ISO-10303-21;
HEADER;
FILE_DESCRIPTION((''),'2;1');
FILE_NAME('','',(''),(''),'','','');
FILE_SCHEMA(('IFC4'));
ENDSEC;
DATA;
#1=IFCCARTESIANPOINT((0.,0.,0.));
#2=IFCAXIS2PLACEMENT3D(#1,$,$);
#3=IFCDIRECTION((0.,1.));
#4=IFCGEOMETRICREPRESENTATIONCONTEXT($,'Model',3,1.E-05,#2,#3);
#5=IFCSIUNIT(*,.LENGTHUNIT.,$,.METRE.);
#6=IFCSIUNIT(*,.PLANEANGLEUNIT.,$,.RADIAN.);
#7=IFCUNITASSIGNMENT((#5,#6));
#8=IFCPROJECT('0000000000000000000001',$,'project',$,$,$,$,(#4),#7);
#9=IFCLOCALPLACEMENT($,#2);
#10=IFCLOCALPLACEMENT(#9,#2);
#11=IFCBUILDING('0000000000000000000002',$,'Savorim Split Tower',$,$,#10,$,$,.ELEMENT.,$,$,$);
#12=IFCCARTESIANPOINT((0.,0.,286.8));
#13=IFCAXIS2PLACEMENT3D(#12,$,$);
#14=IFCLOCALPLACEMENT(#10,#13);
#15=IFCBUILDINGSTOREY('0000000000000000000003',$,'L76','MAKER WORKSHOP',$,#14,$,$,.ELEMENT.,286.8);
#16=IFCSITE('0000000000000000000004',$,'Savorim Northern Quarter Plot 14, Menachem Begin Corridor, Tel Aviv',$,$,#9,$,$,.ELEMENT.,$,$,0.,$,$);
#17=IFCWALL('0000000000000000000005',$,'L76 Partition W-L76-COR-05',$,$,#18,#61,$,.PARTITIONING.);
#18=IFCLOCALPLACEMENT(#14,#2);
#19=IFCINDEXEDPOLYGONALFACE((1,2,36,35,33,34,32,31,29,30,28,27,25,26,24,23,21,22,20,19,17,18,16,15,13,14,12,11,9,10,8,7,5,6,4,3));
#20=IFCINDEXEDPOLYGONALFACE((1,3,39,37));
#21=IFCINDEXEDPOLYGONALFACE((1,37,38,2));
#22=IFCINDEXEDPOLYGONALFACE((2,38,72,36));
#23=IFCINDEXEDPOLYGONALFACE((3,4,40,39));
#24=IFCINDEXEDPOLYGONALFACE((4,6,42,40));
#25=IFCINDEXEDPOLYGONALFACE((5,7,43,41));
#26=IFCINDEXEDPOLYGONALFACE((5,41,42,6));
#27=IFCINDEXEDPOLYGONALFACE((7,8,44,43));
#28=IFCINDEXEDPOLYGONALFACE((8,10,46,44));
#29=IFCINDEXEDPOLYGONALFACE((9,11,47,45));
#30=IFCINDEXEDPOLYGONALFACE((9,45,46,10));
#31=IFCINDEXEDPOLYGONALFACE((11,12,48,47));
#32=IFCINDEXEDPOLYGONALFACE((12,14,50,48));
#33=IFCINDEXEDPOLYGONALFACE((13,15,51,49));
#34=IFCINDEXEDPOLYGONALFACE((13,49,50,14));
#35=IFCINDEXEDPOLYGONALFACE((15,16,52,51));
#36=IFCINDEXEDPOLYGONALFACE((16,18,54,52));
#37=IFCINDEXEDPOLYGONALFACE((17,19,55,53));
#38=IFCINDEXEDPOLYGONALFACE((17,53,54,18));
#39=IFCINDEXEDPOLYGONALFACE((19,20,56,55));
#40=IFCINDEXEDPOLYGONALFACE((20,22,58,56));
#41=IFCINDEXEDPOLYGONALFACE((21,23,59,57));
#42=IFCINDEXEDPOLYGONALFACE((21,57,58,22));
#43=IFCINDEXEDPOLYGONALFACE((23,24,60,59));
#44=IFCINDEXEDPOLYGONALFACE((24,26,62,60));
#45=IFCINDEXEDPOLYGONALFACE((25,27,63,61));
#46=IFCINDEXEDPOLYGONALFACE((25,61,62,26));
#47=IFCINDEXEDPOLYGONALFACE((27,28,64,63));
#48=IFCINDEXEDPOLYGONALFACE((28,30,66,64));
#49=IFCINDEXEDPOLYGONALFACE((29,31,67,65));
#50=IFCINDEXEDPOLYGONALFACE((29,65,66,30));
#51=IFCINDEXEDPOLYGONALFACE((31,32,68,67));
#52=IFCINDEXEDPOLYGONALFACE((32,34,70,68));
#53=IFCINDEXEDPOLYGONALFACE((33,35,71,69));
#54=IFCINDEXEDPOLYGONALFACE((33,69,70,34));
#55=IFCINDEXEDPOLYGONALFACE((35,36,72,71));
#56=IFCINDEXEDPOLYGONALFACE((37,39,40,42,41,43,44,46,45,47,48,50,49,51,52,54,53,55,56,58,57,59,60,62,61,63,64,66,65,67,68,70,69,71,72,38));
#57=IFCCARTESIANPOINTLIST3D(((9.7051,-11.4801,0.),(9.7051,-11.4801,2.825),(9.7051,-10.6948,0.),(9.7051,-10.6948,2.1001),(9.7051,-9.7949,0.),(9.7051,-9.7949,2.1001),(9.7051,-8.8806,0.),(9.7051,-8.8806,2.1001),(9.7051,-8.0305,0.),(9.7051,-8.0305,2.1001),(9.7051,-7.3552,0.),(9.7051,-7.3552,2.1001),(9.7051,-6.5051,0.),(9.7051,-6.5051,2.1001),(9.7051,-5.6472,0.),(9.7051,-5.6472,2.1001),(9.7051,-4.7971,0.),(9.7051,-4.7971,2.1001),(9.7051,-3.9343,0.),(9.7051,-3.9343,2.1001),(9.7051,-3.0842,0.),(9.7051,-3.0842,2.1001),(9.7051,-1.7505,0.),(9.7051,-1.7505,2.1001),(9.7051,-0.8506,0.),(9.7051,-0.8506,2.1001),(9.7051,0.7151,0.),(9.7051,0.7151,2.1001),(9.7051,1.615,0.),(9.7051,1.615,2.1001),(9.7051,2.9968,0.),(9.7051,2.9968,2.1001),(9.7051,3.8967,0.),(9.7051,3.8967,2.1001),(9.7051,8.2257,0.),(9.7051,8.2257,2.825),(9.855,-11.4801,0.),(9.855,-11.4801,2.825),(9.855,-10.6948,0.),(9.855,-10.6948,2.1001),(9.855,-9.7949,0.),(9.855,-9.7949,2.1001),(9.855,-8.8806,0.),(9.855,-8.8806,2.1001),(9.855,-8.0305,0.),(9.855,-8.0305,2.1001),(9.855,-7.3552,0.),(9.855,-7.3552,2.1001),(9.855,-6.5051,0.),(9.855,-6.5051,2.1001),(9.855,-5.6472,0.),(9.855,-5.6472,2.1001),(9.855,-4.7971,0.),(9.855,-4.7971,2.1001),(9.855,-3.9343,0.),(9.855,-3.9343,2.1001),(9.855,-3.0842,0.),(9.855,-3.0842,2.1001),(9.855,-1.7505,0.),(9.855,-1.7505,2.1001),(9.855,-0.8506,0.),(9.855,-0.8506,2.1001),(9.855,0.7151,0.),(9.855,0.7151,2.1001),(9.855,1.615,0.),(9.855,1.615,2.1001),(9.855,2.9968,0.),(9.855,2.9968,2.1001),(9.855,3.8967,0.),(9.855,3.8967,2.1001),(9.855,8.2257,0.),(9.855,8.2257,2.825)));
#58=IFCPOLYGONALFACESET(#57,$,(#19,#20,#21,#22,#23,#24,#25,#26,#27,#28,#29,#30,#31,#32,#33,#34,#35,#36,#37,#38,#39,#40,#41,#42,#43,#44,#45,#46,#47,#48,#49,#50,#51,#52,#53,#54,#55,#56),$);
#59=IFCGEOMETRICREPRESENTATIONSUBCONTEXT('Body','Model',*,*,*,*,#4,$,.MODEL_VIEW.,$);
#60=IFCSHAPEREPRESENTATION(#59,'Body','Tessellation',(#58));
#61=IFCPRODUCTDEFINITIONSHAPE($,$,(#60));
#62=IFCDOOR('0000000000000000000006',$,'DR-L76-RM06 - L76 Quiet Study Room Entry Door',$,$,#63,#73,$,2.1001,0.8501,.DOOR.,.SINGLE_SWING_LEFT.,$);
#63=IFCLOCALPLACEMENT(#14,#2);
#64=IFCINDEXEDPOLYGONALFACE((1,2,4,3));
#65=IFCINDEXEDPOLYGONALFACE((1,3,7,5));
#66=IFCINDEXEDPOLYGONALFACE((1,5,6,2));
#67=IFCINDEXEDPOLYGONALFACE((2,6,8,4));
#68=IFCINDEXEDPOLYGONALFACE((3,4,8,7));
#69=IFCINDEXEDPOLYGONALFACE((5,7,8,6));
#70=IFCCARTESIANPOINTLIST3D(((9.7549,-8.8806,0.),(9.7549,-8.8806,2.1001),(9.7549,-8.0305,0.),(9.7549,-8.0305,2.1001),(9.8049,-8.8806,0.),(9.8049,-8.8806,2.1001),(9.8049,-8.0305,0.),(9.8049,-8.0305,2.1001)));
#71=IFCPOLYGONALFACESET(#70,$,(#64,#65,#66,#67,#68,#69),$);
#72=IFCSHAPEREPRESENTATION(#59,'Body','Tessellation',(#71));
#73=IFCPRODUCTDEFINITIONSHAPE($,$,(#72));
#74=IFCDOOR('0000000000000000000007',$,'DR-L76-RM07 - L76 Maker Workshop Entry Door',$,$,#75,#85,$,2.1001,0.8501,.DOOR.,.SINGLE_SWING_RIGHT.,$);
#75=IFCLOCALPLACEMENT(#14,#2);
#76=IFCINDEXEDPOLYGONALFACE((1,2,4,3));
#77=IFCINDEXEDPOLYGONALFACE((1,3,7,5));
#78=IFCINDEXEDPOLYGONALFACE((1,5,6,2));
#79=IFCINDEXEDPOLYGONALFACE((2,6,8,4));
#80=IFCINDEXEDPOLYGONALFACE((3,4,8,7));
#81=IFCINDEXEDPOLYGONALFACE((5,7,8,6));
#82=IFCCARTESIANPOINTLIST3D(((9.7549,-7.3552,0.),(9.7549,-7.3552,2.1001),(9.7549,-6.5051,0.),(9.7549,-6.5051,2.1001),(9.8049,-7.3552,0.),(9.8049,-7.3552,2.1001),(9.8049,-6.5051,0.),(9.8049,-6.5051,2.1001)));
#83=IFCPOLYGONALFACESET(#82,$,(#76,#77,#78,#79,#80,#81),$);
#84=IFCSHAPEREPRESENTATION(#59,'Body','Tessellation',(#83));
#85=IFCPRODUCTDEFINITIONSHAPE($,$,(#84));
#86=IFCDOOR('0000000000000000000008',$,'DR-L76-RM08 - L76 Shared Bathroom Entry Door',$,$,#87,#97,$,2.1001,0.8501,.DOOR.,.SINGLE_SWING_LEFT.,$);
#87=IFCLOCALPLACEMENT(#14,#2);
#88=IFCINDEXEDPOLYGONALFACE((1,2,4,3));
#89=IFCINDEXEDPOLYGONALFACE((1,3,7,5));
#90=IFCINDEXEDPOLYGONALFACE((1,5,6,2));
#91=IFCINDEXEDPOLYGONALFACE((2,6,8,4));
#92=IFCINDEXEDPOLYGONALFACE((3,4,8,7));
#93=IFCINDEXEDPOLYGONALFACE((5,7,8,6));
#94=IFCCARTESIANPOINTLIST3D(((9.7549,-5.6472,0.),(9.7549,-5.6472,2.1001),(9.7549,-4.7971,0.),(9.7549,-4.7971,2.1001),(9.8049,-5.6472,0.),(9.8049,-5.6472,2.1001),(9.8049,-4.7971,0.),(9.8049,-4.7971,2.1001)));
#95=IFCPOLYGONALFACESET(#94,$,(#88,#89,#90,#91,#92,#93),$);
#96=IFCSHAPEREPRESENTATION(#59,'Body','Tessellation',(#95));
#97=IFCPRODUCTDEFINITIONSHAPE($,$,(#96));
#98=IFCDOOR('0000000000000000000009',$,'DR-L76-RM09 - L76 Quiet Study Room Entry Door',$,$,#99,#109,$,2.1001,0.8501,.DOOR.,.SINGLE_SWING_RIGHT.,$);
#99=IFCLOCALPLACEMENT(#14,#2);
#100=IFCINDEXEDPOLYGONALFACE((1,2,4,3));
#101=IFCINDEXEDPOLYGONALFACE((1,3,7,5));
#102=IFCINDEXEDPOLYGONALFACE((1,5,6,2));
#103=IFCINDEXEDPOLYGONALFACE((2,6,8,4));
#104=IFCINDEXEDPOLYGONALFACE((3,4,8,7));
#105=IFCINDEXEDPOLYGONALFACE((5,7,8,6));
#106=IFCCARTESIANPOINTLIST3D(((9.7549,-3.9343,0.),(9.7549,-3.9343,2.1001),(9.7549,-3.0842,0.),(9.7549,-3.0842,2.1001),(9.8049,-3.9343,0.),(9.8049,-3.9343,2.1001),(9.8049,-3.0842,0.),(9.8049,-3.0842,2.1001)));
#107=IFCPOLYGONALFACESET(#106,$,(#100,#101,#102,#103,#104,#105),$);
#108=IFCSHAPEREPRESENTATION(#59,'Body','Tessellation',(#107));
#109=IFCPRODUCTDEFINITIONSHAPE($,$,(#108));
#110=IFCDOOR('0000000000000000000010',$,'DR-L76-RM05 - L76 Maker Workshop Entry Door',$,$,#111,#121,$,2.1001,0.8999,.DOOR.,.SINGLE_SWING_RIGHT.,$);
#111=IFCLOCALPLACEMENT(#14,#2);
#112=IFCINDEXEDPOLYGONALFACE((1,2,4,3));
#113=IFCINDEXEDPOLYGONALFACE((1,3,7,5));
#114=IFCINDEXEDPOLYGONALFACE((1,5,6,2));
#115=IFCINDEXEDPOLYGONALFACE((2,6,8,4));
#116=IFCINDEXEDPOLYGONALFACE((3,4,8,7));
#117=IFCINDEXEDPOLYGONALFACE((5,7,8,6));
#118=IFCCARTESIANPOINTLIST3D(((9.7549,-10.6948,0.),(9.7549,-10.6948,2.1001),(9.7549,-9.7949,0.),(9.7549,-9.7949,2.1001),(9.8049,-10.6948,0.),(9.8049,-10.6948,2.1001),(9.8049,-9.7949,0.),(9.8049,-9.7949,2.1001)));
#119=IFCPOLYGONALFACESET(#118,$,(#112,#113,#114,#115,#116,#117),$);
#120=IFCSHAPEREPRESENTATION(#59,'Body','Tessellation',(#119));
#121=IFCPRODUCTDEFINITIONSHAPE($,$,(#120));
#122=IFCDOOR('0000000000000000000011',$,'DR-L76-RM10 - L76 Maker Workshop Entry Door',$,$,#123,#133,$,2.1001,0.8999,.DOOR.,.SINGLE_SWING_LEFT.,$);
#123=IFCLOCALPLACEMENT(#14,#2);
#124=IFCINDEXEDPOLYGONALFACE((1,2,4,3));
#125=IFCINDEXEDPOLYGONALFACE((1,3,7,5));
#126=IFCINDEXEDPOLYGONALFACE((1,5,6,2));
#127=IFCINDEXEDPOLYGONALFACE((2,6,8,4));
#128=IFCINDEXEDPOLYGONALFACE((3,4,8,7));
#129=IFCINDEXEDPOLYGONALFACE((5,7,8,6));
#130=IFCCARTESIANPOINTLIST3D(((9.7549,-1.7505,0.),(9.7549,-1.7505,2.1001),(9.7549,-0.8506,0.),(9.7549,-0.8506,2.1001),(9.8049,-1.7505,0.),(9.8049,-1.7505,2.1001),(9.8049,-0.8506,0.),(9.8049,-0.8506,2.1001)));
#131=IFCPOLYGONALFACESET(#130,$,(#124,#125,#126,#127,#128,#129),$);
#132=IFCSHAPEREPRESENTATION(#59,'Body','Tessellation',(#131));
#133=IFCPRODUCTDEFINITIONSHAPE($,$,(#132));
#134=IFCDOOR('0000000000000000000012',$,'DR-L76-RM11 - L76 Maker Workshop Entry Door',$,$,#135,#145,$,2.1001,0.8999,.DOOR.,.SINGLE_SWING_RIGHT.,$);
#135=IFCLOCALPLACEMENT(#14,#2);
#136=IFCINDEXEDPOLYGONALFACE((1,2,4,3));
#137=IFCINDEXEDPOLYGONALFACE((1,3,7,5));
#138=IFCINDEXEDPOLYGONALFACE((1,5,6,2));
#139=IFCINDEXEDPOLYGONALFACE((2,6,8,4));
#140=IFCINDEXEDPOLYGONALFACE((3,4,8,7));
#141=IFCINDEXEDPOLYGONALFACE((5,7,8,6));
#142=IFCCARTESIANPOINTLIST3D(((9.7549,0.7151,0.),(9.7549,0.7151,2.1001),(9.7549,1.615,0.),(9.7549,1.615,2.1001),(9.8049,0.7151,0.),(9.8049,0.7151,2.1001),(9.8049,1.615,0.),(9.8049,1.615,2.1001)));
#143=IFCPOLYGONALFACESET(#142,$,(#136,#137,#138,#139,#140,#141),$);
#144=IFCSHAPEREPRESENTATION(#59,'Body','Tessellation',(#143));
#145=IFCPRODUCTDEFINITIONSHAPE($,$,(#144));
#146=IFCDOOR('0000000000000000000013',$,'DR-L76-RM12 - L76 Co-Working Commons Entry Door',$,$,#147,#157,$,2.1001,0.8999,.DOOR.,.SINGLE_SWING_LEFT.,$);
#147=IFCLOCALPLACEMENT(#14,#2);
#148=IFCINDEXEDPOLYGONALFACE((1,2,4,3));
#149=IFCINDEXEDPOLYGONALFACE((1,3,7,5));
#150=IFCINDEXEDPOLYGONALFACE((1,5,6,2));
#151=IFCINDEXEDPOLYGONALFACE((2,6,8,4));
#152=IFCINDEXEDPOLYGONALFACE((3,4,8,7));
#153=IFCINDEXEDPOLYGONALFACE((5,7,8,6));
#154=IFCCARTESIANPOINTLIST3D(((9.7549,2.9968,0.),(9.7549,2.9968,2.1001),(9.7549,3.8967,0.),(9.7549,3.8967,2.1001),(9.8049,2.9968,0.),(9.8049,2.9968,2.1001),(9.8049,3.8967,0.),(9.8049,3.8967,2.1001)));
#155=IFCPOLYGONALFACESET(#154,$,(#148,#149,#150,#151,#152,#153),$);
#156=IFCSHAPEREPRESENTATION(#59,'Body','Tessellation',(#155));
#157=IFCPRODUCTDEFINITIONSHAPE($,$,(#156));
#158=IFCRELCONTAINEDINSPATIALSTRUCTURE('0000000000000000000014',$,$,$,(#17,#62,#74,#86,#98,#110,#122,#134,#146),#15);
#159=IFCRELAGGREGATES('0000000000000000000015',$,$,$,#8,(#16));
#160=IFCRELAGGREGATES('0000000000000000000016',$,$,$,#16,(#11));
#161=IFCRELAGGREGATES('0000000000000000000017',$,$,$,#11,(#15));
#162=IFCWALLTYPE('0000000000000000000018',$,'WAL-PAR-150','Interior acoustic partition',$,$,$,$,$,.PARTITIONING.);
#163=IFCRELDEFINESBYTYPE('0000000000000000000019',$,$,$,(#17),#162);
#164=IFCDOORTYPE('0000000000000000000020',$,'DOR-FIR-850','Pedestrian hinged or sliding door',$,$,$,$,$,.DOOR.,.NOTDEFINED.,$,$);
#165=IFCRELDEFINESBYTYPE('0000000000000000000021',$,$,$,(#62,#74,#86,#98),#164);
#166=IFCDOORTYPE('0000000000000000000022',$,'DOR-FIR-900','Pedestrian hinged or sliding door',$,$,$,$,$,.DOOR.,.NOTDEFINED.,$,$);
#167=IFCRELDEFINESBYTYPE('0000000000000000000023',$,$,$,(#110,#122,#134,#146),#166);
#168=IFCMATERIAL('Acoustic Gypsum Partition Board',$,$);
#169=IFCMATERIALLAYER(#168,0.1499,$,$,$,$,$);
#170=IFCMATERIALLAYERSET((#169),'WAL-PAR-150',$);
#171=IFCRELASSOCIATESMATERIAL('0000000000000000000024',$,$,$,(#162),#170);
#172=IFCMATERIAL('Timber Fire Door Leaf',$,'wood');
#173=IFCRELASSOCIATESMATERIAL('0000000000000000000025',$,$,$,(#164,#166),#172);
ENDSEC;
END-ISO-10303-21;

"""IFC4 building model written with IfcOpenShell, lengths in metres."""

from ifc_helpers import new_model, si_unit, direction, frame, frame_2d, origin, place, context, subcontext, project, spatial, rectangle, extrude, material, layer, layer_set, type_object, element, fill, save


model = new_model("IFC4")

# Units and contexts
model_context = context("Model", 3, precision=1e-05, world=origin(), true_north=direction((0.0, 1.0)))
body_context = subcontext(model_context, "Body", "Model", "MODEL_VIEW")
ifc_project = project(units=[si_unit("LENGTHUNIT", "METRE"), si_unit("PLANEANGLEUNIT", "RADIAN")], contexts=[model_context])

# Site, building, storey
site_placement = place(None, origin())
site = spatial("IfcSite", under=ifc_project, at=site_placement, Name="Savorim Northern Quarter Plot 14, Menachem Begin Corridor, Tel Aviv", CompositionType="ELEMENT", RefElevation=0.0)
building_placement = place(site_placement, origin())
building = spatial("IfcBuilding", under=site, at=building_placement, Name="Savorim Split Tower", CompositionType="ELEMENT")
storey_placement = place(building_placement, frame((0.0, 0.0, 286.8)))
storey = spatial("IfcBuildingStorey", under=building, at=storey_placement, Name="L76", Description="MAKER WORKSHOP", CompositionType="ELEMENT", Elevation=286.8)

# Wall, openings, doors
ifc_material_1 = material(Name="Acoustic Gypsum Partition Board")
ifc_layer_1 = layer(ifc_material_1, 0.1499)
ifc_layer_set_1 = layer_set([ifc_layer_1], Name="WAL-PAR-150")
wall_type_1 = type_object("IfcWallType", Name="WAL-PAR-150", Description="Interior acoustic partition", PredefinedType="PARTITIONING", material=ifc_layer_set_1)
wall_1_placement = place(storey_placement, frame((9.78, 8.2258, 0.0), z_axis=(0.0, 0.0, 1.0), x_axis=(0.0, -1.0, 0.0)))
wall_1 = element("IfcWall", 1, at=wall_1_placement, inside=storey, type_object=wall_type_1, Name="L76 Partition W-L76-COR-05", PredefinedType="PARTITIONING", context=body_context, shape_type="SweptSolid", body=[
    extrude(rectangle(XDim=19.7058, YDim=0.1499, at=frame_2d((9.853, 0.0))), origin(), (0.0, 0.0, 1.0), 2.825),
])
opening_1_placement = place(wall_1_placement, frame((18.0208, 0.0, 0.0)))
opening_1 = element("IfcOpeningElement", 2, at=opening_1_placement, cuts=wall_1, PredefinedType="OPENING", context=body_context, shape_type="SweptSolid", body=[
    extrude(rectangle(XDim=0.8999, YDim=2.1001, at=frame_2d((0.45, 1.05))), frame((0.0, 0.085, 0.0), z_axis=(0.0, -1.0, 0.0), x_axis=(1.0, 0.0, 0.0)), (0.0, 0.0, 1.0), 0.1699),
])
opening_2_placement = place(wall_1_placement, frame((16.2563, 0.0, 0.0)))
opening_2 = element("IfcOpeningElement", 3, at=opening_2_placement, cuts=wall_1, PredefinedType="OPENING", context=body_context, shape_type="SweptSolid", body=[
    extrude(rectangle(XDim=0.8501, YDim=2.1001, at=frame_2d((0.425, 1.05))), frame((0.0, 0.085, 0.0), z_axis=(0.0, -1.0, 0.0), x_axis=(1.0, 0.0, 0.0)), (0.0, 0.0, 1.0), 0.1699),
])
opening_3_placement = place(wall_1_placement, frame((14.731, 0.0, 0.0)))
opening_3 = element("IfcOpeningElement", 4, at=opening_3_placement, cuts=wall_1, PredefinedType="OPENING", context=body_context, shape_type="SweptSolid", body=[
    extrude(rectangle(XDim=0.8501, YDim=2.1001, at=frame_2d((0.425, 1.05))), frame((0.0, 0.085, 0.0), z_axis=(0.0, -1.0, 0.0), x_axis=(1.0, 0.0, 0.0)), (0.0, 0.0, 1.0), 0.1699),
])
opening_4_placement = place(wall_1_placement, frame((13.0229, 0.0, 0.0)))
opening_4 = element("IfcOpeningElement", 5, at=opening_4_placement, cuts=wall_1, PredefinedType="OPENING", context=body_context, shape_type="SweptSolid", body=[
    extrude(rectangle(XDim=0.8501, YDim=2.1001, at=frame_2d((0.425, 1.05))), frame((0.0, 0.085, 0.0), z_axis=(0.0, -1.0, 0.0), x_axis=(1.0, 0.0, 0.0)), (0.0, 0.0, 1.0), 0.1699),
])
opening_5_placement = place(wall_1_placement, frame((11.3101, 0.0, 0.0)))
opening_5 = element("IfcOpeningElement", 6, at=opening_5_placement, cuts=wall_1, PredefinedType="OPENING", context=body_context, shape_type="SweptSolid", body=[
    extrude(rectangle(XDim=0.8501, YDim=2.1001, at=frame_2d((0.425, 1.05))), frame((0.0, 0.085, 0.0), z_axis=(0.0, -1.0, 0.0), x_axis=(1.0, 0.0, 0.0)), (0.0, 0.0, 1.0), 0.1699),
])
opening_6_placement = place(wall_1_placement, frame((9.0764, 0.0, 0.0)))
opening_6 = element("IfcOpeningElement", 7, at=opening_6_placement, cuts=wall_1, PredefinedType="OPENING", context=body_context, shape_type="SweptSolid", body=[
    extrude(rectangle(XDim=0.8999, YDim=2.1001, at=frame_2d((0.45, 1.05))), frame((0.0, 0.085, 0.0), z_axis=(0.0, -1.0, 0.0), x_axis=(1.0, 0.0, 0.0)), (0.0, 0.0, 1.0), 0.1699),
])
opening_7_placement = place(wall_1_placement, frame((6.6108, 0.0, 0.0)))
opening_7 = element("IfcOpeningElement", 8, at=opening_7_placement, cuts=wall_1, PredefinedType="OPENING", context=body_context, shape_type="SweptSolid", body=[
    extrude(rectangle(XDim=0.8999, YDim=2.1001, at=frame_2d((0.45, 1.05))), frame((0.0, 0.085, 0.0), z_axis=(0.0, -1.0, 0.0), x_axis=(1.0, 0.0, 0.0)), (0.0, 0.0, 1.0), 0.1699),
])
opening_8_placement = place(wall_1_placement, frame((4.3291, 0.0, 0.0)))
opening_8 = element("IfcOpeningElement", 9, at=opening_8_placement, cuts=wall_1, PredefinedType="OPENING", context=body_context, shape_type="SweptSolid", body=[
    extrude(rectangle(XDim=0.8999, YDim=2.1001, at=frame_2d((0.45, 1.05))), frame((0.0, 0.085, 0.0), z_axis=(0.0, -1.0, 0.0), x_axis=(1.0, 0.0, 0.0)), (0.0, 0.0, 1.0), 0.1699),
])
ifc_material_2 = material(Name="Timber Fire Door Leaf", Category="wood")
door_type_1 = type_object("IfcDoorType", Name="DOR-FIR-850", Description="Pedestrian hinged or sliding door", OperationType="NOTDEFINED", PredefinedType="DOOR", material=ifc_material_2)
door_1_placement = place(opening_2_placement, origin())
door_1 = element("IfcDoor", 10, at=door_1_placement, inside=storey, type_object=door_type_1, Name="DR-L76-RM06 - L76 Quiet Study Room Entry Door", OperationType="SINGLE_SWING_LEFT", OverallHeight=2.1001, OverallWidth=0.8501, PredefinedType="DOOR", context=body_context, shape_type="SweptSolid", body=[
    extrude(rectangle(XDim=0.8501, YDim=2.1001, at=frame_2d((0.425, 1.05))), frame((0.0, 0.0249, 0.0), z_axis=(0.0, -1.0, 0.0), x_axis=(1.0, 0.0, 0.0)), (0.0, 0.0, 1.0), 0.05),
])
fill(opening_2, door_1)
door_2_placement = place(opening_3_placement, origin())
door_2 = element("IfcDoor", 11, at=door_2_placement, inside=storey, type_object=door_type_1, Name="DR-L76-RM07 - L76 Maker Workshop Entry Door", OperationType="SINGLE_SWING_RIGHT", OverallHeight=2.1001, OverallWidth=0.8501, PredefinedType="DOOR", context=body_context, shape_type="SweptSolid", body=[
    extrude(rectangle(XDim=0.8501, YDim=2.1001, at=frame_2d((0.425, 1.05))), frame((0.0, 0.0249, 0.0), z_axis=(0.0, -1.0, 0.0), x_axis=(1.0, 0.0, 0.0)), (0.0, 0.0, 1.0), 0.05),
])
fill(opening_3, door_2)
door_3_placement = place(opening_4_placement, origin())
door_3 = element("IfcDoor", 12, at=door_3_placement, inside=storey, type_object=door_type_1, Name="DR-L76-RM08 - L76 Shared Bathroom Entry Door", OperationType="SINGLE_SWING_LEFT", OverallHeight=2.1001, OverallWidth=0.8501, PredefinedType="DOOR", context=body_context, shape_type="SweptSolid", body=[
    extrude(rectangle(XDim=0.8501, YDim=2.1001, at=frame_2d((0.425, 1.05))), frame((0.0, 0.0249, 0.0), z_axis=(0.0, -1.0, 0.0), x_axis=(1.0, 0.0, 0.0)), (0.0, 0.0, 1.0), 0.05),
])
fill(opening_4, door_3)
door_4_placement = place(opening_5_placement, origin())
door_4 = element("IfcDoor", 13, at=door_4_placement, inside=storey, type_object=door_type_1, Name="DR-L76-RM09 - L76 Quiet Study Room Entry Door", OperationType="SINGLE_SWING_RIGHT", OverallHeight=2.1001, OverallWidth=0.8501, PredefinedType="DOOR", context=body_context, shape_type="SweptSolid", body=[
    extrude(rectangle(XDim=0.8501, YDim=2.1001, at=frame_2d((0.425, 1.05))), frame((0.0, 0.0249, 0.0), z_axis=(0.0, -1.0, 0.0), x_axis=(1.0, 0.0, 0.0)), (0.0, 0.0, 1.0), 0.05),
])
fill(opening_5, door_4)
door_type_2 = type_object("IfcDoorType", Name="DOR-FIR-900", Description="Pedestrian hinged or sliding door", OperationType="NOTDEFINED", PredefinedType="DOOR", material=ifc_material_2)
door_5_placement = place(opening_1_placement, origin())
door_5 = element("IfcDoor", 14, at=door_5_placement, inside=storey, type_object=door_type_2, Name="DR-L76-RM05 - L76 Maker Workshop Entry Door", OperationType="SINGLE_SWING_RIGHT", OverallHeight=2.1001, OverallWidth=0.8999, PredefinedType="DOOR", context=body_context, shape_type="SweptSolid", body=[
    extrude(rectangle(XDim=0.8999, YDim=2.1001, at=frame_2d((0.45, 1.05))), frame((0.0, 0.0249, 0.0), z_axis=(0.0, -1.0, 0.0), x_axis=(1.0, 0.0, 0.0)), (0.0, 0.0, 1.0), 0.05),
])
fill(opening_1, door_5)
door_6_placement = place(opening_6_placement, origin())
door_6 = element("IfcDoor", 15, at=door_6_placement, inside=storey, type_object=door_type_2, Name="DR-L76-RM10 - L76 Maker Workshop Entry Door", OperationType="SINGLE_SWING_LEFT", OverallHeight=2.1001, OverallWidth=0.8999, PredefinedType="DOOR", context=body_context, shape_type="SweptSolid", body=[
    extrude(rectangle(XDim=0.8999, YDim=2.1001, at=frame_2d((0.45, 1.05))), frame((0.0, 0.0249, 0.0), z_axis=(0.0, -1.0, 0.0), x_axis=(1.0, 0.0, 0.0)), (0.0, 0.0, 1.0), 0.05),
])
fill(opening_6, door_6)
door_7_placement = place(opening_7_placement, origin())
door_7 = element("IfcDoor", 16, at=door_7_placement, inside=storey, type_object=door_type_2, Name="DR-L76-RM11 - L76 Maker Workshop Entry Door", OperationType="SINGLE_SWING_RIGHT", OverallHeight=2.1001, OverallWidth=0.8999, PredefinedType="DOOR", context=body_context, shape_type="SweptSolid", body=[
    extrude(rectangle(XDim=0.8999, YDim=2.1001, at=frame_2d((0.45, 1.05))), frame((0.0, 0.0249, 0.0), z_axis=(0.0, -1.0, 0.0), x_axis=(1.0, 0.0, 0.0)), (0.0, 0.0, 1.0), 0.05),
])
fill(opening_7, door_7)
door_8_placement = place(opening_8_placement, origin())
door_8 = element("IfcDoor", 17, at=door_8_placement, inside=storey, type_object=door_type_2, Name="DR-L76-RM12 - L76 Co-Working Commons Entry Door", OperationType="SINGLE_SWING_LEFT", OverallHeight=2.1001, OverallWidth=0.8999, PredefinedType="DOOR", context=body_context, shape_type="SweptSolid", body=[
    extrude(rectangle(XDim=0.8999, YDim=2.1001, at=frame_2d((0.45, 1.05))), frame((0.0, 0.0249, 0.0), z_axis=(0.0, -1.0, 0.0), x_axis=(1.0, 0.0, 0.0)), (0.0, 0.0, 1.0), 0.05),
])
fill(opening_8, door_8)

save(model, "model.ifc")
